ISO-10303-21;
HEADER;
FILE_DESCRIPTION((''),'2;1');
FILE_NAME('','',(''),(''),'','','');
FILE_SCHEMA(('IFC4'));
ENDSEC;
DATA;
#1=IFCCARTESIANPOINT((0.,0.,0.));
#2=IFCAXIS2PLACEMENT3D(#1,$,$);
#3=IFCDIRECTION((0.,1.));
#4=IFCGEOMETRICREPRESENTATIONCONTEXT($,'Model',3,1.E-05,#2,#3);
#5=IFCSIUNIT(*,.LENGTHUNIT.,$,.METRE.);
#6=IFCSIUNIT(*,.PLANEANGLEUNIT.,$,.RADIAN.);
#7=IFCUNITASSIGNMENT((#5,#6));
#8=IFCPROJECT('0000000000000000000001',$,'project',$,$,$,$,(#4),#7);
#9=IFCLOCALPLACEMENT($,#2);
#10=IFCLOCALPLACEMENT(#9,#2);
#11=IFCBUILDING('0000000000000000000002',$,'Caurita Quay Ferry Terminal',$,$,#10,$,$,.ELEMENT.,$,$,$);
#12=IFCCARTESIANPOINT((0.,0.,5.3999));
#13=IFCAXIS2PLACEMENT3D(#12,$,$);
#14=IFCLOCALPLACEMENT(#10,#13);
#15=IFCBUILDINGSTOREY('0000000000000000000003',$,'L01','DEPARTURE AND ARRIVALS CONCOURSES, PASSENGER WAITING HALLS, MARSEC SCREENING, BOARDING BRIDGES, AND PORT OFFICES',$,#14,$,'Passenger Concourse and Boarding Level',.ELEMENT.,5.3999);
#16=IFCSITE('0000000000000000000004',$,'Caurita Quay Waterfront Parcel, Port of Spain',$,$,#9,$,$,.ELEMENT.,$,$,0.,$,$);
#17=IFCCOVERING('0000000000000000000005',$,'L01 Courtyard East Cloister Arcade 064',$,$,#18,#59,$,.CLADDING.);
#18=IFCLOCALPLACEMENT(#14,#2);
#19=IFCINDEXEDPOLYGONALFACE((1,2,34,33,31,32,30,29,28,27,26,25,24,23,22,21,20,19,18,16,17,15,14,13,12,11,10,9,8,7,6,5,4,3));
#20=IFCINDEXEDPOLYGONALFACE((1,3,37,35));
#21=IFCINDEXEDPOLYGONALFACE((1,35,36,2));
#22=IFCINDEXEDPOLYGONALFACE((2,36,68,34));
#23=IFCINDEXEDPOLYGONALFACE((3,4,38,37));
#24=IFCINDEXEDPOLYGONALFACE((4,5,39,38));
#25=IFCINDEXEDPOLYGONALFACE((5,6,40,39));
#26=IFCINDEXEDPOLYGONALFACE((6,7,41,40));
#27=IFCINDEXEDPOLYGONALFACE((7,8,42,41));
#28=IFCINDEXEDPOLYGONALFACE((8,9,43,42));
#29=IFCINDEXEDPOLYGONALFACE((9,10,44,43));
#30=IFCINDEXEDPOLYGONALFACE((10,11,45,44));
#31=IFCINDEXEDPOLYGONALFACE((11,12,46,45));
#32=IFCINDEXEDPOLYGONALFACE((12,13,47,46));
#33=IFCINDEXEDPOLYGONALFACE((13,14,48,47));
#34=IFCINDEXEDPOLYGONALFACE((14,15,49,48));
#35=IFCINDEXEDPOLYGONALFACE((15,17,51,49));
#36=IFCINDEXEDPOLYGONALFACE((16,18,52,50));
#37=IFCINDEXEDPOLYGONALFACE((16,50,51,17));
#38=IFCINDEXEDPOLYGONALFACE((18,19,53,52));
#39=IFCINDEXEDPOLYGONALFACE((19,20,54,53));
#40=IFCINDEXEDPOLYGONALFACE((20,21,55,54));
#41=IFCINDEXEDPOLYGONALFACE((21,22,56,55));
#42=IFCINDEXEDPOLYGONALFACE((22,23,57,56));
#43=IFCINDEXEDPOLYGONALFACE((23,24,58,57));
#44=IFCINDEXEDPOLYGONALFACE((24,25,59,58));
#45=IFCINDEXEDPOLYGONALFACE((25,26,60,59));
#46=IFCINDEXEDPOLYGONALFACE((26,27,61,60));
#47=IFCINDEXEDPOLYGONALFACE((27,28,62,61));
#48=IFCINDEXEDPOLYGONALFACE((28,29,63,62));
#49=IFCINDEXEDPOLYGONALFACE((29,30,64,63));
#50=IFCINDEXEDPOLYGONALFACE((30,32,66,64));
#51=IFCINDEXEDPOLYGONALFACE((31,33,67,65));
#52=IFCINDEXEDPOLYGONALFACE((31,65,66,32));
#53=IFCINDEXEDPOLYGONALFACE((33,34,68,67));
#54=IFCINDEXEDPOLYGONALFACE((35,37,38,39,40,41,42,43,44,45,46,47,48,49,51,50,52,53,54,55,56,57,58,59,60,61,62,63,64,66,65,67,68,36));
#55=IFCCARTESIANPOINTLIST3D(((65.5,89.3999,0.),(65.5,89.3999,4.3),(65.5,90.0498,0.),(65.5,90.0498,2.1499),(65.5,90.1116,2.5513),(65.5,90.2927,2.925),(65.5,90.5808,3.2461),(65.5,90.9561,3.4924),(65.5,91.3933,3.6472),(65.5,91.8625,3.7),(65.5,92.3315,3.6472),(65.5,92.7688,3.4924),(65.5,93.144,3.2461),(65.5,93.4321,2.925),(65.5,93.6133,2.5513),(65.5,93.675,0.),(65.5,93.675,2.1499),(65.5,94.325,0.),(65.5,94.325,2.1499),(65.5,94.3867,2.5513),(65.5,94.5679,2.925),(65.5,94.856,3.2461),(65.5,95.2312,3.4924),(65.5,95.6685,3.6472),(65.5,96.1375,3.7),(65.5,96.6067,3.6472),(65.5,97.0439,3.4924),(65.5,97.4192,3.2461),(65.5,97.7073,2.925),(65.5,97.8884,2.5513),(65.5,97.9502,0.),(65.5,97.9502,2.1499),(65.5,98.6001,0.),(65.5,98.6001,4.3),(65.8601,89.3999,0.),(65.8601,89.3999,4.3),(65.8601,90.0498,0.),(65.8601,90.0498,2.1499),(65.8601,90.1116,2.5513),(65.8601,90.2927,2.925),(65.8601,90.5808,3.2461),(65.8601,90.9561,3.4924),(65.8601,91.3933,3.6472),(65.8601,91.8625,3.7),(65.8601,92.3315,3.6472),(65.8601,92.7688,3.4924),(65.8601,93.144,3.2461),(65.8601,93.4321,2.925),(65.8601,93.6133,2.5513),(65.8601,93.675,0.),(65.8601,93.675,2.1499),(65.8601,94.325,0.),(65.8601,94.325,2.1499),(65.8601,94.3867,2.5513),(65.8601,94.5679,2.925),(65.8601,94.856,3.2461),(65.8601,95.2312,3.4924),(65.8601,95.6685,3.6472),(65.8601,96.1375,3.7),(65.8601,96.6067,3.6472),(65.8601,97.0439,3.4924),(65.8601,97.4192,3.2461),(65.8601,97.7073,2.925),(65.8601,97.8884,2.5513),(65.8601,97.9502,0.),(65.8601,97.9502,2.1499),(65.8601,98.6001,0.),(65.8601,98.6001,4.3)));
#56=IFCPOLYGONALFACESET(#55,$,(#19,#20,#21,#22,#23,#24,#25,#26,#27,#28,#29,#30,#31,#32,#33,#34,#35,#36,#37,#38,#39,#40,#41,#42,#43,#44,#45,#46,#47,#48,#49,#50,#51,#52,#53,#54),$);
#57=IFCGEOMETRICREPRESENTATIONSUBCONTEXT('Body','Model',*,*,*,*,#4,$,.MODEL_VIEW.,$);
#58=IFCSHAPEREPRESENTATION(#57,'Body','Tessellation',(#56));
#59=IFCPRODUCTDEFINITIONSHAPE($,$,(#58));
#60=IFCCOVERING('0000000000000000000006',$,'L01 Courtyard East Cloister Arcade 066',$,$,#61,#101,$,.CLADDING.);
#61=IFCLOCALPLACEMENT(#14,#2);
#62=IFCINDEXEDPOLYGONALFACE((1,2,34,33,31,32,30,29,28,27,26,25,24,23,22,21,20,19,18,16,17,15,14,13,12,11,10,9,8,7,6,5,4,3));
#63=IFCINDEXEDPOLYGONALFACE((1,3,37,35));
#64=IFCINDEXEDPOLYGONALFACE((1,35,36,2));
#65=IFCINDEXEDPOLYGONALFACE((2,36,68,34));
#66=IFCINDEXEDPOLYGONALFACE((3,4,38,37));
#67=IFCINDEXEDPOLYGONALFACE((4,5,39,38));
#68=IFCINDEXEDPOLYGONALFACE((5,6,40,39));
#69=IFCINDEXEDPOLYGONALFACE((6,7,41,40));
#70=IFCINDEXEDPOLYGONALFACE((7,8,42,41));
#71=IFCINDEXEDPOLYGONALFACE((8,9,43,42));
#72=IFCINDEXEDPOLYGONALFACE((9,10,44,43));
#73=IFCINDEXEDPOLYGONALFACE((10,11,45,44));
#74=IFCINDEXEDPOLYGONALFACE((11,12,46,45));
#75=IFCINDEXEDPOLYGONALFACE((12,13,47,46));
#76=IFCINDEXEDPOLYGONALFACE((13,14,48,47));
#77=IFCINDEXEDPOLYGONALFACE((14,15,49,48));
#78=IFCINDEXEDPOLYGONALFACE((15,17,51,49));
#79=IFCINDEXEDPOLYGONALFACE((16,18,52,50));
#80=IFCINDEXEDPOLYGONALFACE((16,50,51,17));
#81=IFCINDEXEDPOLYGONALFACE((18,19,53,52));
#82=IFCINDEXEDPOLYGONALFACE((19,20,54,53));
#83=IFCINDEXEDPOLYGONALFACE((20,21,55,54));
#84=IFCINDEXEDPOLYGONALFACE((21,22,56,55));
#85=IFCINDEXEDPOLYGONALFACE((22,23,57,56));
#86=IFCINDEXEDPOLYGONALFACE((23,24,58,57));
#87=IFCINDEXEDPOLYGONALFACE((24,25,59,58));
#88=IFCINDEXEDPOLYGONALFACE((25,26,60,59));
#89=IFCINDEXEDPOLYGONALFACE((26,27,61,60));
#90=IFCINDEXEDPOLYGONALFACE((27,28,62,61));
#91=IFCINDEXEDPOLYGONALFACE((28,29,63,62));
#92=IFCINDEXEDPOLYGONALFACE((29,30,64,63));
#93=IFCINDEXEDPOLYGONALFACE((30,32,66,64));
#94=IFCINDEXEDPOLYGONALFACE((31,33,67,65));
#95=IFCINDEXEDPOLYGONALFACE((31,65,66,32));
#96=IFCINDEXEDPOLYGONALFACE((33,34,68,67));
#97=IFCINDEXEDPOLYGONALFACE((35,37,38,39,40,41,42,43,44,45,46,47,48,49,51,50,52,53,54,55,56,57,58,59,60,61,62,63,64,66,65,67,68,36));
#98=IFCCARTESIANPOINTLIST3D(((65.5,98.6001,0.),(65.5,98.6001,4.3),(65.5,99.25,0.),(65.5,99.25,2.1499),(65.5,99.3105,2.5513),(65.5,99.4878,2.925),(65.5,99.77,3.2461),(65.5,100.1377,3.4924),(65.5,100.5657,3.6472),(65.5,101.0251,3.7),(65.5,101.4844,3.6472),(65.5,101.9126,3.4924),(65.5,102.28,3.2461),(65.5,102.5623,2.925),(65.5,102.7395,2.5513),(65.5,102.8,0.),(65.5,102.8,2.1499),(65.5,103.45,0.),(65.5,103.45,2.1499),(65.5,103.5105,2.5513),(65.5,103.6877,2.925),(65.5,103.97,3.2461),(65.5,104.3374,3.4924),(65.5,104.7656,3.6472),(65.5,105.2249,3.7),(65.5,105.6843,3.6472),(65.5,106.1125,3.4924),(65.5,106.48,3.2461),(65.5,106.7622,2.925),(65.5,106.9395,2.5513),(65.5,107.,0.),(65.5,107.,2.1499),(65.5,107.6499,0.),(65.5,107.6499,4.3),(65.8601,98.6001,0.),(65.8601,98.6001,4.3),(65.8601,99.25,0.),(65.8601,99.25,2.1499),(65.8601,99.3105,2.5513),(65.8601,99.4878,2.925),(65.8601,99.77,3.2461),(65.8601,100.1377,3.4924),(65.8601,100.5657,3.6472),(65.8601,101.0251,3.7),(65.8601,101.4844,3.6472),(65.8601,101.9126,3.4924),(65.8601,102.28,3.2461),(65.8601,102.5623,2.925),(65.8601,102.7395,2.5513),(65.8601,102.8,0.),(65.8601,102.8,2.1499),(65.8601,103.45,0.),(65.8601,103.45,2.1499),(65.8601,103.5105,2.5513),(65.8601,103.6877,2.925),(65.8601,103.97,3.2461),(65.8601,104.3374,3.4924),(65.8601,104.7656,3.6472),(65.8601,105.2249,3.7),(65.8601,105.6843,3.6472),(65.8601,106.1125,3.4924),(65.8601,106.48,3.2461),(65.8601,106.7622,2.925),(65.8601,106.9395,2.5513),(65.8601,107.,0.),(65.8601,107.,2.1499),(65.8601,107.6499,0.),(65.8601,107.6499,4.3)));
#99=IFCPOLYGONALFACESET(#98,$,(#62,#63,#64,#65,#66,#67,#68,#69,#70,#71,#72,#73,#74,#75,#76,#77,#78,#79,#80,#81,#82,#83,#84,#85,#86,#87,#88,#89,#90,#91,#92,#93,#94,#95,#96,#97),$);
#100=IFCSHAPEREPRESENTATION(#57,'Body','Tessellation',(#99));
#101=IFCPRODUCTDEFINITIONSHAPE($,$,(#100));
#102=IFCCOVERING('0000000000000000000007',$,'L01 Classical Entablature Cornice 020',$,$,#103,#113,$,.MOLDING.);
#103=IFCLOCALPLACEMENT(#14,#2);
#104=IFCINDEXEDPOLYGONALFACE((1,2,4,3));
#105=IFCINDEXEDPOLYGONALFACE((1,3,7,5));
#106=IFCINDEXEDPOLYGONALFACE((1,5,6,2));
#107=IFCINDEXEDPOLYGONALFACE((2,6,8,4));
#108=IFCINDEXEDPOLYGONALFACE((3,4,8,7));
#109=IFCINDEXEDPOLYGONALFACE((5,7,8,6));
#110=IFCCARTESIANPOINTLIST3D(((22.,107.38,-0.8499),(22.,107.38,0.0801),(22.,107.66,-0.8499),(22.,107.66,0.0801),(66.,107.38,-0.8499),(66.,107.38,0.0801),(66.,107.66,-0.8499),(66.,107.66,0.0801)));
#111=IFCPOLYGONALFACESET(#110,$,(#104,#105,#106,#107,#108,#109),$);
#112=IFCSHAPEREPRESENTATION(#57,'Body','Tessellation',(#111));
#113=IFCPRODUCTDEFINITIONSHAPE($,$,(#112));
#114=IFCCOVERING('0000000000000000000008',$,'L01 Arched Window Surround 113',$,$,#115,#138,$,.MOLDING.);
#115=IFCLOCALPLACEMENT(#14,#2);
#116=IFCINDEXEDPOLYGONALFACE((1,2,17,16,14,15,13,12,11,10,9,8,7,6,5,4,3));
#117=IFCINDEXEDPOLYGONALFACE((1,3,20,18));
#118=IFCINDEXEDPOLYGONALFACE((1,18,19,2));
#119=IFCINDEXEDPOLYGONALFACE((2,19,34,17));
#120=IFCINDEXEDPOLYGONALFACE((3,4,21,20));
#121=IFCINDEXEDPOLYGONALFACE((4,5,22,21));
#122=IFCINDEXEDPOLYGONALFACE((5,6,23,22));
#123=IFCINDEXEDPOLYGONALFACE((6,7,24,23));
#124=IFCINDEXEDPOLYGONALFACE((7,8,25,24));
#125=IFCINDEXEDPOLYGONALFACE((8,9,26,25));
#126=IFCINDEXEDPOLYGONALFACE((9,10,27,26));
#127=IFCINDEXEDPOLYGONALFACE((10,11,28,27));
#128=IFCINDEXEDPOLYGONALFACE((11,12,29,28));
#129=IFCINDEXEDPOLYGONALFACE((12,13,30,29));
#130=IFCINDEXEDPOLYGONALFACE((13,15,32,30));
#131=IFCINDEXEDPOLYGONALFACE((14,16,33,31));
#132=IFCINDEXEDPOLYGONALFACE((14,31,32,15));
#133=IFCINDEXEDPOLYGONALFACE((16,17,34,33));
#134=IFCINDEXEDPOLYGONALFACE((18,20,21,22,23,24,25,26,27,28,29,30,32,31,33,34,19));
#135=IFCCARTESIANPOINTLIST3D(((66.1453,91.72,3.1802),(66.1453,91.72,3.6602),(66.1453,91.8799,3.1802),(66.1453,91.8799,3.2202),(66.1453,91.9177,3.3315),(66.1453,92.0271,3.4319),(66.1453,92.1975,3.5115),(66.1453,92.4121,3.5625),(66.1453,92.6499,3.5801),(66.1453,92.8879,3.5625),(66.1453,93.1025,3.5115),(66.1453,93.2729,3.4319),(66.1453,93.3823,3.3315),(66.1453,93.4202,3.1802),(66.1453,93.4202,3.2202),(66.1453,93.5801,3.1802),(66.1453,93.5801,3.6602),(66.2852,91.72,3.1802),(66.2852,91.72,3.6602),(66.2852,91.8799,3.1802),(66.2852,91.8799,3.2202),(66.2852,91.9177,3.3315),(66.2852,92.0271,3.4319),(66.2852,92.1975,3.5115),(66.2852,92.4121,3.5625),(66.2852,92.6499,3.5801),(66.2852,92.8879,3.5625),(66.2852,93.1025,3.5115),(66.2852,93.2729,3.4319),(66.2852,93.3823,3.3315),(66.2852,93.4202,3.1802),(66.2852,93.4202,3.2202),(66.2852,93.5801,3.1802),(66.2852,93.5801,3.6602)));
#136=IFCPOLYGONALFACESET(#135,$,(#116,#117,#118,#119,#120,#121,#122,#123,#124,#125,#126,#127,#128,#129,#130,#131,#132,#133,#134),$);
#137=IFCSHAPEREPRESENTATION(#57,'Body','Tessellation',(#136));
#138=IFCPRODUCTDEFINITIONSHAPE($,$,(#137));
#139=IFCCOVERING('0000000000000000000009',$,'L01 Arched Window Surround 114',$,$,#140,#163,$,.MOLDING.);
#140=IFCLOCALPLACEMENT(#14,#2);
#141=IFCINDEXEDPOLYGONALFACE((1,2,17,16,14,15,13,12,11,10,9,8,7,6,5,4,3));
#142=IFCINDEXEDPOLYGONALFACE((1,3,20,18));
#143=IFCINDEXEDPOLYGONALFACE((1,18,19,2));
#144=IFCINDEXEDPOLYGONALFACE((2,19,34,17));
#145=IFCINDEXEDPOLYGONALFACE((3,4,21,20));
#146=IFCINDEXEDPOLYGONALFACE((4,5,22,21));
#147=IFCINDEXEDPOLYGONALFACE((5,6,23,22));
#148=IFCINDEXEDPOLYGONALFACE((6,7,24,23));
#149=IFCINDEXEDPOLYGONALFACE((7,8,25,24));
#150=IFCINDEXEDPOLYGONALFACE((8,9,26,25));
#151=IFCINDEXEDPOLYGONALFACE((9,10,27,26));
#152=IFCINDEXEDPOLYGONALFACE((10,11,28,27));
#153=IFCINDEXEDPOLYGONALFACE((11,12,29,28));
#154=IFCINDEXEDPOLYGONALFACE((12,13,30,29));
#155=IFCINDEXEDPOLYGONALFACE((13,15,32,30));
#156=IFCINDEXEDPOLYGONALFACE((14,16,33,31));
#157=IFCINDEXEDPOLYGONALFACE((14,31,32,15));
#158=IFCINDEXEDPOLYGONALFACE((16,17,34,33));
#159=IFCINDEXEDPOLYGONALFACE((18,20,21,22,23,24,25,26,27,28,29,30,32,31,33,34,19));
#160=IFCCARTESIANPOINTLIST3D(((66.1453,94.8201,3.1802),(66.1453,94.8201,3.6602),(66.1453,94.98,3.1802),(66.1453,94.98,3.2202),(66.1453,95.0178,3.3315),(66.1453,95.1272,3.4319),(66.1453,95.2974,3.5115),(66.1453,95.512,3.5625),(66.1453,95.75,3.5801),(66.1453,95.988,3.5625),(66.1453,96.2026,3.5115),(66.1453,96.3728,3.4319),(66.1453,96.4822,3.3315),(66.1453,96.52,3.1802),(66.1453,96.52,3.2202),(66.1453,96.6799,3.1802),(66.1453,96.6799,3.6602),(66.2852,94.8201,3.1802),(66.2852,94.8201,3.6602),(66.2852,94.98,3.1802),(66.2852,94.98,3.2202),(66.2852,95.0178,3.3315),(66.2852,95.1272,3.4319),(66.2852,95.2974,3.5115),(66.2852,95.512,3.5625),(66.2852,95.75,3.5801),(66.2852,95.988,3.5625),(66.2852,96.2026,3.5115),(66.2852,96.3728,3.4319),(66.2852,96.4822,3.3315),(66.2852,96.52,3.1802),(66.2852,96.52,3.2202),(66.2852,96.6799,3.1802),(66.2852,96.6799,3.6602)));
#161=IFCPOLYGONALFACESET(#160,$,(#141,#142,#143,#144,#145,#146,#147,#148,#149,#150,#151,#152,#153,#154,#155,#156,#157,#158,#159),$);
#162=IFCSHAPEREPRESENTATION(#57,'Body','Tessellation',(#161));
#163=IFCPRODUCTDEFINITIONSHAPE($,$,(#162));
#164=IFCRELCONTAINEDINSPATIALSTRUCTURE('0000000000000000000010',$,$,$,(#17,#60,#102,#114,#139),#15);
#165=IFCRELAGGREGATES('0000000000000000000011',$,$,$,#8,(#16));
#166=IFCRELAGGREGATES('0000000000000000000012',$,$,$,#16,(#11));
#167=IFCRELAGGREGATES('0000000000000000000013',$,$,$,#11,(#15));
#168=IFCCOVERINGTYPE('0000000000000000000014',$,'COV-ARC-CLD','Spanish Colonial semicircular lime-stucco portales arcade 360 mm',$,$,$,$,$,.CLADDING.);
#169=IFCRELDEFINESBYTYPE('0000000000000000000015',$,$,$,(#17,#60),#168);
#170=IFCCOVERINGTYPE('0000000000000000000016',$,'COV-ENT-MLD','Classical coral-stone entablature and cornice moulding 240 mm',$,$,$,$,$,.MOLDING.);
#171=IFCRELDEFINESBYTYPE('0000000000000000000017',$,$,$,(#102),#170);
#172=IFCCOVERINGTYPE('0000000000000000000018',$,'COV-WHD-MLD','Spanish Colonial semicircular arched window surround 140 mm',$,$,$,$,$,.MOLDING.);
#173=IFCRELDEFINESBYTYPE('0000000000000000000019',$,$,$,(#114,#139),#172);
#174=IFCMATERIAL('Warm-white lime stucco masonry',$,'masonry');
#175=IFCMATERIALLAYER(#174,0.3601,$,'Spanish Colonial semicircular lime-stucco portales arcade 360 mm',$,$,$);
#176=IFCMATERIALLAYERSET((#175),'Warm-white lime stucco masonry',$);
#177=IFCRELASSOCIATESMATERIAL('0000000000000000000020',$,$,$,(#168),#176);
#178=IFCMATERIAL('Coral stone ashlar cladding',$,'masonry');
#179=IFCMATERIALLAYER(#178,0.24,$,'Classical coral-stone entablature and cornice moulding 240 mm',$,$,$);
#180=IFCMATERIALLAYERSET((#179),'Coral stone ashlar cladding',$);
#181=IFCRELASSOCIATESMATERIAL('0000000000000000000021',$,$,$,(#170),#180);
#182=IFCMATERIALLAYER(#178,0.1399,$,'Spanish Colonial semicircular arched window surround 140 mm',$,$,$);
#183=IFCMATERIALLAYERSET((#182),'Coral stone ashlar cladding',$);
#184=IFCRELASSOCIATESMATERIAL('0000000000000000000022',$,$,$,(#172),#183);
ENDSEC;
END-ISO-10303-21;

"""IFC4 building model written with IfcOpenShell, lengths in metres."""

from ifc_helpers import new_model, si_unit, direction, frame, frame_2d, origin, place, context, subcontext, project, spatial, polyline, rectangle, outline, extrude, material, layer, layer_set, type_object, element, save


model = new_model("IFC4")

# Units and contexts
model_context = context("Model", 3, precision=1e-05, world=origin(), true_north=direction((0.0, 1.0)))
body_context = subcontext(model_context, "Body", "Model", "MODEL_VIEW")
ifc_project = project(units=[si_unit("LENGTHUNIT", "METRE"), si_unit("PLANEANGLEUNIT", "RADIAN")], contexts=[model_context])

# Site, building, storey
site_placement = place(None, origin())
site = spatial("IfcSite", under=ifc_project, at=site_placement, Name="Caurita Quay Waterfront Parcel, Port of Spain", CompositionType="ELEMENT", RefElevation=0.0)
building_placement = place(site_placement, origin())
building = spatial("IfcBuilding", under=site, at=building_placement, Name="Caurita Quay Ferry Terminal", CompositionType="ELEMENT")
storey_placement = place(building_placement, frame((0.0, 0.0, 5.3999)))
storey = spatial("IfcBuildingStorey", under=building, at=storey_placement, Name="L01", Description="DEPARTURE AND ARRIVALS CONCOURSES, PASSENGER WAITING HALLS, MARSEC SCREENING, BOARDING BRIDGES, AND PORT OFFICES", LongName="Passenger Concourse and Boarding Level", CompositionType="ELEMENT", Elevation=5.3999)

# Shared definitions
ifc_material_1 = material(Name="Warm-white lime stucco masonry", Category="masonry")

# Coverings
ifc_layer_1 = layer(ifc_material_1, 0.3601, Name="Spanish Colonial semicircular lime-stucco portales arcade 360 mm")
ifc_layer_set_1 = layer_set([ifc_layer_1], Name="Warm-white lime stucco masonry")
covering_type_1 = type_object("IfcCoveringType", Name="COV-ARC-CLD", Description="Spanish Colonial semicircular lime-stucco portales arcade 360 mm", PredefinedType="CLADDING", material=ifc_layer_set_1)
covering_1_placement = place(storey_placement, frame((65.6799, 98.6001, 0.0), z_axis=(0.0, 0.0, 1.0), x_axis=(0.0, -1.0, 0.0)))
element("IfcCovering", 1, at=covering_1_placement, inside=storey, type_object=covering_type_1, Name="L01 Courtyard East Cloister Arcade 064", PredefinedType="CLADDING", context=body_context, shape_type="SweptSolid", body=[
    extrude(outline(polyline([(0.0, 0.0), (0.6499, 0.0), (0.6499, 2.1499), (0.7117, 2.5513), (0.8928, 2.925), (1.1809, 3.2461), (1.5562, 3.4924), (1.9934, 3.6472), (2.4626, 3.7), (2.9316, 3.6472), (3.3689, 3.4924), (3.7441, 3.2461), (4.0322, 2.925), (4.2134, 2.5513), (4.2751, 2.1499), (4.2751, 0.0), (4.925, 0.0), (4.925, 2.1499), (4.9868, 2.5513), (5.168, 2.925), (5.4561, 3.2461), (5.8313, 3.4924), (6.2686, 3.6472), (6.7375, 3.7), (7.2068, 3.6472), (7.644, 3.4924), (8.0193, 3.2461), (8.3074, 2.925), (8.4885, 2.5513), (8.5503, 2.1499), (8.5503, 0.0), (9.2002, 0.0), (9.2002, 4.3), (0.0, 4.3), (0.0, 0.0)])), frame((0.0, 0.1802, 0.0), z_axis=(0.0, -1.0, 0.0), x_axis=(1.0, 0.0, 0.0)), (0.0, 0.0, 1.0), 0.3601),
])
covering_2_placement = place(storey_placement, frame((65.6799, 107.6499, 0.0), z_axis=(0.0, 0.0, 1.0), x_axis=(0.0, -1.0, 0.0)))
element("IfcCovering", 2, at=covering_2_placement, inside=storey, type_object=covering_type_1, Name="L01 Courtyard East Cloister Arcade 066", PredefinedType="CLADDING", context=body_context, shape_type="SweptSolid", body=[
    extrude(outline(polyline([(0.0, 0.0), (0.6499, 0.0), (0.6499, 2.1499), (0.7104, 2.5513), (0.8877, 2.925), (1.1699, 3.2461), (1.5374, 3.4924), (1.9656, 3.6472), (2.425, 3.7), (2.8843, 3.6472), (3.3125, 3.4924), (3.6799, 3.2461), (3.9622, 2.925), (4.1394, 2.5513), (4.2, 2.1499), (4.2, 0.0), (4.8499, 0.0), (4.8499, 2.1499), (4.9104, 2.5513), (5.0876, 2.925), (5.3699, 3.2461), (5.7373, 3.4924), (6.1655, 3.6472), (6.6248, 3.7), (7.0842, 3.6472), (7.5122, 3.4924), (7.8799, 3.2461), (8.1621, 2.925), (8.3394, 2.5513), (8.3999, 2.1499), (8.3999, 0.0), (9.0498, 0.0), (9.0498, 4.3), (0.0, 4.3), (0.0, 0.0)])), frame((0.0, 0.1802, 0.0), z_axis=(0.0, -1.0, 0.0), x_axis=(1.0, 0.0, 0.0)), (0.0, 0.0, 1.0), 0.3601),
])
ifc_material_2 = material(Name="Coral stone ashlar cladding", Category="masonry")
ifc_layer_2 = layer(ifc_material_2, 0.24, Name="Classical coral-stone entablature and cornice moulding 240 mm")
ifc_layer_set_2 = layer_set([ifc_layer_2], Name="Coral stone ashlar cladding")
covering_type_2 = type_object("IfcCoveringType", Name="COV-ENT-MLD", Description="Classical coral-stone entablature and cornice moulding 240 mm", PredefinedType="MOLDING", material=ifc_layer_set_2)
covering_3_placement = place(storey_placement, frame((66.0, 107.52, -0.8499), z_axis=(0.0, 0.0, 1.0), x_axis=(-1.0, 0.0, 0.0)))
element("IfcCovering", 3, at=covering_3_placement, inside=storey, type_object=covering_type_2, Name="L01 Classical Entablature Cornice 020", PredefinedType="MOLDING", context=body_context, shape_type="SweptSolid", body=[
    extrude(rectangle(XDim=44.0, YDim=0.28, at=frame_2d((22.0, 0.0))), origin(), (0.0, 0.0, 1.0), 0.9299),
])
ifc_layer_3 = layer(ifc_material_2, 0.1399, Name="Spanish Colonial semicircular arched window surround 140 mm")
ifc_layer_set_3 = layer_set([ifc_layer_3], Name="Coral stone ashlar cladding")
covering_type_3 = type_object("IfcCoveringType", Name="COV-WHD-MLD", Description="Spanish Colonial semicircular arched window surround 140 mm", PredefinedType="MOLDING", material=ifc_layer_set_3)
covering_4_placement = place(storey_placement, frame((66.2151, 91.72, 3.1802), z_axis=(0.0, 0.0, 1.0), x_axis=(0.0, 1.0, 0.0)))
element("IfcCovering", 4, at=covering_4_placement, inside=storey, type_object=covering_type_3, Name="L01 Arched Window Surround 113", PredefinedType="MOLDING", context=body_context, shape_type="SweptSolid", body=[
    extrude(outline(polyline([(0.0, 0.0), (0.1599, 0.0), (0.1599, 0.04), (0.1978, 0.1514), (0.3071, 0.2517), (0.4775, 0.3313), (0.6921, 0.3823), (0.9299, 0.3999), (1.168, 0.3823), (1.3826, 0.3313), (1.553, 0.2517), (1.6624, 0.1514), (1.7002, 0.04), (1.7002, 0.0), (1.8601, 0.0), (1.8601, 0.48), (0.0, 0.48), (0.0, 0.0)])), frame((0.0, 0.0698, 0.0), z_axis=(0.0, -1.0, 0.0), x_axis=(1.0, 0.0, 0.0)), (0.0, 0.0, 1.0), 0.1399),
])
covering_5_placement = place(storey_placement, frame((66.2151, 94.8201, 3.1802), z_axis=(0.0, 0.0, 1.0), x_axis=(0.0, 1.0, 0.0)))
element("IfcCovering", 5, at=covering_5_placement, inside=storey, type_object=covering_type_3, Name="L01 Arched Window Surround 114", PredefinedType="MOLDING", context=body_context, shape_type="SweptSolid", body=[
    extrude(outline(polyline([(0.0, 0.0), (0.1599, 0.0), (0.1599, 0.04), (0.1978, 0.1514), (0.3071, 0.2517), (0.4773, 0.3313), (0.6919, 0.3823), (0.9299, 0.3999), (1.168, 0.3823), (1.3826, 0.3313), (1.5527, 0.2517), (1.6621, 0.1514), (1.7, 0.04), (1.7, 0.0), (1.8599, 0.0), (1.8599, 0.48), (0.0, 0.48), (0.0, 0.0)])), frame((0.0, 0.0698, 0.0), z_axis=(0.0, -1.0, 0.0), x_axis=(1.0, 0.0, 0.0)), (0.0, 0.0, 1.0), 0.1399),
])

save(model, "model.ifc")
